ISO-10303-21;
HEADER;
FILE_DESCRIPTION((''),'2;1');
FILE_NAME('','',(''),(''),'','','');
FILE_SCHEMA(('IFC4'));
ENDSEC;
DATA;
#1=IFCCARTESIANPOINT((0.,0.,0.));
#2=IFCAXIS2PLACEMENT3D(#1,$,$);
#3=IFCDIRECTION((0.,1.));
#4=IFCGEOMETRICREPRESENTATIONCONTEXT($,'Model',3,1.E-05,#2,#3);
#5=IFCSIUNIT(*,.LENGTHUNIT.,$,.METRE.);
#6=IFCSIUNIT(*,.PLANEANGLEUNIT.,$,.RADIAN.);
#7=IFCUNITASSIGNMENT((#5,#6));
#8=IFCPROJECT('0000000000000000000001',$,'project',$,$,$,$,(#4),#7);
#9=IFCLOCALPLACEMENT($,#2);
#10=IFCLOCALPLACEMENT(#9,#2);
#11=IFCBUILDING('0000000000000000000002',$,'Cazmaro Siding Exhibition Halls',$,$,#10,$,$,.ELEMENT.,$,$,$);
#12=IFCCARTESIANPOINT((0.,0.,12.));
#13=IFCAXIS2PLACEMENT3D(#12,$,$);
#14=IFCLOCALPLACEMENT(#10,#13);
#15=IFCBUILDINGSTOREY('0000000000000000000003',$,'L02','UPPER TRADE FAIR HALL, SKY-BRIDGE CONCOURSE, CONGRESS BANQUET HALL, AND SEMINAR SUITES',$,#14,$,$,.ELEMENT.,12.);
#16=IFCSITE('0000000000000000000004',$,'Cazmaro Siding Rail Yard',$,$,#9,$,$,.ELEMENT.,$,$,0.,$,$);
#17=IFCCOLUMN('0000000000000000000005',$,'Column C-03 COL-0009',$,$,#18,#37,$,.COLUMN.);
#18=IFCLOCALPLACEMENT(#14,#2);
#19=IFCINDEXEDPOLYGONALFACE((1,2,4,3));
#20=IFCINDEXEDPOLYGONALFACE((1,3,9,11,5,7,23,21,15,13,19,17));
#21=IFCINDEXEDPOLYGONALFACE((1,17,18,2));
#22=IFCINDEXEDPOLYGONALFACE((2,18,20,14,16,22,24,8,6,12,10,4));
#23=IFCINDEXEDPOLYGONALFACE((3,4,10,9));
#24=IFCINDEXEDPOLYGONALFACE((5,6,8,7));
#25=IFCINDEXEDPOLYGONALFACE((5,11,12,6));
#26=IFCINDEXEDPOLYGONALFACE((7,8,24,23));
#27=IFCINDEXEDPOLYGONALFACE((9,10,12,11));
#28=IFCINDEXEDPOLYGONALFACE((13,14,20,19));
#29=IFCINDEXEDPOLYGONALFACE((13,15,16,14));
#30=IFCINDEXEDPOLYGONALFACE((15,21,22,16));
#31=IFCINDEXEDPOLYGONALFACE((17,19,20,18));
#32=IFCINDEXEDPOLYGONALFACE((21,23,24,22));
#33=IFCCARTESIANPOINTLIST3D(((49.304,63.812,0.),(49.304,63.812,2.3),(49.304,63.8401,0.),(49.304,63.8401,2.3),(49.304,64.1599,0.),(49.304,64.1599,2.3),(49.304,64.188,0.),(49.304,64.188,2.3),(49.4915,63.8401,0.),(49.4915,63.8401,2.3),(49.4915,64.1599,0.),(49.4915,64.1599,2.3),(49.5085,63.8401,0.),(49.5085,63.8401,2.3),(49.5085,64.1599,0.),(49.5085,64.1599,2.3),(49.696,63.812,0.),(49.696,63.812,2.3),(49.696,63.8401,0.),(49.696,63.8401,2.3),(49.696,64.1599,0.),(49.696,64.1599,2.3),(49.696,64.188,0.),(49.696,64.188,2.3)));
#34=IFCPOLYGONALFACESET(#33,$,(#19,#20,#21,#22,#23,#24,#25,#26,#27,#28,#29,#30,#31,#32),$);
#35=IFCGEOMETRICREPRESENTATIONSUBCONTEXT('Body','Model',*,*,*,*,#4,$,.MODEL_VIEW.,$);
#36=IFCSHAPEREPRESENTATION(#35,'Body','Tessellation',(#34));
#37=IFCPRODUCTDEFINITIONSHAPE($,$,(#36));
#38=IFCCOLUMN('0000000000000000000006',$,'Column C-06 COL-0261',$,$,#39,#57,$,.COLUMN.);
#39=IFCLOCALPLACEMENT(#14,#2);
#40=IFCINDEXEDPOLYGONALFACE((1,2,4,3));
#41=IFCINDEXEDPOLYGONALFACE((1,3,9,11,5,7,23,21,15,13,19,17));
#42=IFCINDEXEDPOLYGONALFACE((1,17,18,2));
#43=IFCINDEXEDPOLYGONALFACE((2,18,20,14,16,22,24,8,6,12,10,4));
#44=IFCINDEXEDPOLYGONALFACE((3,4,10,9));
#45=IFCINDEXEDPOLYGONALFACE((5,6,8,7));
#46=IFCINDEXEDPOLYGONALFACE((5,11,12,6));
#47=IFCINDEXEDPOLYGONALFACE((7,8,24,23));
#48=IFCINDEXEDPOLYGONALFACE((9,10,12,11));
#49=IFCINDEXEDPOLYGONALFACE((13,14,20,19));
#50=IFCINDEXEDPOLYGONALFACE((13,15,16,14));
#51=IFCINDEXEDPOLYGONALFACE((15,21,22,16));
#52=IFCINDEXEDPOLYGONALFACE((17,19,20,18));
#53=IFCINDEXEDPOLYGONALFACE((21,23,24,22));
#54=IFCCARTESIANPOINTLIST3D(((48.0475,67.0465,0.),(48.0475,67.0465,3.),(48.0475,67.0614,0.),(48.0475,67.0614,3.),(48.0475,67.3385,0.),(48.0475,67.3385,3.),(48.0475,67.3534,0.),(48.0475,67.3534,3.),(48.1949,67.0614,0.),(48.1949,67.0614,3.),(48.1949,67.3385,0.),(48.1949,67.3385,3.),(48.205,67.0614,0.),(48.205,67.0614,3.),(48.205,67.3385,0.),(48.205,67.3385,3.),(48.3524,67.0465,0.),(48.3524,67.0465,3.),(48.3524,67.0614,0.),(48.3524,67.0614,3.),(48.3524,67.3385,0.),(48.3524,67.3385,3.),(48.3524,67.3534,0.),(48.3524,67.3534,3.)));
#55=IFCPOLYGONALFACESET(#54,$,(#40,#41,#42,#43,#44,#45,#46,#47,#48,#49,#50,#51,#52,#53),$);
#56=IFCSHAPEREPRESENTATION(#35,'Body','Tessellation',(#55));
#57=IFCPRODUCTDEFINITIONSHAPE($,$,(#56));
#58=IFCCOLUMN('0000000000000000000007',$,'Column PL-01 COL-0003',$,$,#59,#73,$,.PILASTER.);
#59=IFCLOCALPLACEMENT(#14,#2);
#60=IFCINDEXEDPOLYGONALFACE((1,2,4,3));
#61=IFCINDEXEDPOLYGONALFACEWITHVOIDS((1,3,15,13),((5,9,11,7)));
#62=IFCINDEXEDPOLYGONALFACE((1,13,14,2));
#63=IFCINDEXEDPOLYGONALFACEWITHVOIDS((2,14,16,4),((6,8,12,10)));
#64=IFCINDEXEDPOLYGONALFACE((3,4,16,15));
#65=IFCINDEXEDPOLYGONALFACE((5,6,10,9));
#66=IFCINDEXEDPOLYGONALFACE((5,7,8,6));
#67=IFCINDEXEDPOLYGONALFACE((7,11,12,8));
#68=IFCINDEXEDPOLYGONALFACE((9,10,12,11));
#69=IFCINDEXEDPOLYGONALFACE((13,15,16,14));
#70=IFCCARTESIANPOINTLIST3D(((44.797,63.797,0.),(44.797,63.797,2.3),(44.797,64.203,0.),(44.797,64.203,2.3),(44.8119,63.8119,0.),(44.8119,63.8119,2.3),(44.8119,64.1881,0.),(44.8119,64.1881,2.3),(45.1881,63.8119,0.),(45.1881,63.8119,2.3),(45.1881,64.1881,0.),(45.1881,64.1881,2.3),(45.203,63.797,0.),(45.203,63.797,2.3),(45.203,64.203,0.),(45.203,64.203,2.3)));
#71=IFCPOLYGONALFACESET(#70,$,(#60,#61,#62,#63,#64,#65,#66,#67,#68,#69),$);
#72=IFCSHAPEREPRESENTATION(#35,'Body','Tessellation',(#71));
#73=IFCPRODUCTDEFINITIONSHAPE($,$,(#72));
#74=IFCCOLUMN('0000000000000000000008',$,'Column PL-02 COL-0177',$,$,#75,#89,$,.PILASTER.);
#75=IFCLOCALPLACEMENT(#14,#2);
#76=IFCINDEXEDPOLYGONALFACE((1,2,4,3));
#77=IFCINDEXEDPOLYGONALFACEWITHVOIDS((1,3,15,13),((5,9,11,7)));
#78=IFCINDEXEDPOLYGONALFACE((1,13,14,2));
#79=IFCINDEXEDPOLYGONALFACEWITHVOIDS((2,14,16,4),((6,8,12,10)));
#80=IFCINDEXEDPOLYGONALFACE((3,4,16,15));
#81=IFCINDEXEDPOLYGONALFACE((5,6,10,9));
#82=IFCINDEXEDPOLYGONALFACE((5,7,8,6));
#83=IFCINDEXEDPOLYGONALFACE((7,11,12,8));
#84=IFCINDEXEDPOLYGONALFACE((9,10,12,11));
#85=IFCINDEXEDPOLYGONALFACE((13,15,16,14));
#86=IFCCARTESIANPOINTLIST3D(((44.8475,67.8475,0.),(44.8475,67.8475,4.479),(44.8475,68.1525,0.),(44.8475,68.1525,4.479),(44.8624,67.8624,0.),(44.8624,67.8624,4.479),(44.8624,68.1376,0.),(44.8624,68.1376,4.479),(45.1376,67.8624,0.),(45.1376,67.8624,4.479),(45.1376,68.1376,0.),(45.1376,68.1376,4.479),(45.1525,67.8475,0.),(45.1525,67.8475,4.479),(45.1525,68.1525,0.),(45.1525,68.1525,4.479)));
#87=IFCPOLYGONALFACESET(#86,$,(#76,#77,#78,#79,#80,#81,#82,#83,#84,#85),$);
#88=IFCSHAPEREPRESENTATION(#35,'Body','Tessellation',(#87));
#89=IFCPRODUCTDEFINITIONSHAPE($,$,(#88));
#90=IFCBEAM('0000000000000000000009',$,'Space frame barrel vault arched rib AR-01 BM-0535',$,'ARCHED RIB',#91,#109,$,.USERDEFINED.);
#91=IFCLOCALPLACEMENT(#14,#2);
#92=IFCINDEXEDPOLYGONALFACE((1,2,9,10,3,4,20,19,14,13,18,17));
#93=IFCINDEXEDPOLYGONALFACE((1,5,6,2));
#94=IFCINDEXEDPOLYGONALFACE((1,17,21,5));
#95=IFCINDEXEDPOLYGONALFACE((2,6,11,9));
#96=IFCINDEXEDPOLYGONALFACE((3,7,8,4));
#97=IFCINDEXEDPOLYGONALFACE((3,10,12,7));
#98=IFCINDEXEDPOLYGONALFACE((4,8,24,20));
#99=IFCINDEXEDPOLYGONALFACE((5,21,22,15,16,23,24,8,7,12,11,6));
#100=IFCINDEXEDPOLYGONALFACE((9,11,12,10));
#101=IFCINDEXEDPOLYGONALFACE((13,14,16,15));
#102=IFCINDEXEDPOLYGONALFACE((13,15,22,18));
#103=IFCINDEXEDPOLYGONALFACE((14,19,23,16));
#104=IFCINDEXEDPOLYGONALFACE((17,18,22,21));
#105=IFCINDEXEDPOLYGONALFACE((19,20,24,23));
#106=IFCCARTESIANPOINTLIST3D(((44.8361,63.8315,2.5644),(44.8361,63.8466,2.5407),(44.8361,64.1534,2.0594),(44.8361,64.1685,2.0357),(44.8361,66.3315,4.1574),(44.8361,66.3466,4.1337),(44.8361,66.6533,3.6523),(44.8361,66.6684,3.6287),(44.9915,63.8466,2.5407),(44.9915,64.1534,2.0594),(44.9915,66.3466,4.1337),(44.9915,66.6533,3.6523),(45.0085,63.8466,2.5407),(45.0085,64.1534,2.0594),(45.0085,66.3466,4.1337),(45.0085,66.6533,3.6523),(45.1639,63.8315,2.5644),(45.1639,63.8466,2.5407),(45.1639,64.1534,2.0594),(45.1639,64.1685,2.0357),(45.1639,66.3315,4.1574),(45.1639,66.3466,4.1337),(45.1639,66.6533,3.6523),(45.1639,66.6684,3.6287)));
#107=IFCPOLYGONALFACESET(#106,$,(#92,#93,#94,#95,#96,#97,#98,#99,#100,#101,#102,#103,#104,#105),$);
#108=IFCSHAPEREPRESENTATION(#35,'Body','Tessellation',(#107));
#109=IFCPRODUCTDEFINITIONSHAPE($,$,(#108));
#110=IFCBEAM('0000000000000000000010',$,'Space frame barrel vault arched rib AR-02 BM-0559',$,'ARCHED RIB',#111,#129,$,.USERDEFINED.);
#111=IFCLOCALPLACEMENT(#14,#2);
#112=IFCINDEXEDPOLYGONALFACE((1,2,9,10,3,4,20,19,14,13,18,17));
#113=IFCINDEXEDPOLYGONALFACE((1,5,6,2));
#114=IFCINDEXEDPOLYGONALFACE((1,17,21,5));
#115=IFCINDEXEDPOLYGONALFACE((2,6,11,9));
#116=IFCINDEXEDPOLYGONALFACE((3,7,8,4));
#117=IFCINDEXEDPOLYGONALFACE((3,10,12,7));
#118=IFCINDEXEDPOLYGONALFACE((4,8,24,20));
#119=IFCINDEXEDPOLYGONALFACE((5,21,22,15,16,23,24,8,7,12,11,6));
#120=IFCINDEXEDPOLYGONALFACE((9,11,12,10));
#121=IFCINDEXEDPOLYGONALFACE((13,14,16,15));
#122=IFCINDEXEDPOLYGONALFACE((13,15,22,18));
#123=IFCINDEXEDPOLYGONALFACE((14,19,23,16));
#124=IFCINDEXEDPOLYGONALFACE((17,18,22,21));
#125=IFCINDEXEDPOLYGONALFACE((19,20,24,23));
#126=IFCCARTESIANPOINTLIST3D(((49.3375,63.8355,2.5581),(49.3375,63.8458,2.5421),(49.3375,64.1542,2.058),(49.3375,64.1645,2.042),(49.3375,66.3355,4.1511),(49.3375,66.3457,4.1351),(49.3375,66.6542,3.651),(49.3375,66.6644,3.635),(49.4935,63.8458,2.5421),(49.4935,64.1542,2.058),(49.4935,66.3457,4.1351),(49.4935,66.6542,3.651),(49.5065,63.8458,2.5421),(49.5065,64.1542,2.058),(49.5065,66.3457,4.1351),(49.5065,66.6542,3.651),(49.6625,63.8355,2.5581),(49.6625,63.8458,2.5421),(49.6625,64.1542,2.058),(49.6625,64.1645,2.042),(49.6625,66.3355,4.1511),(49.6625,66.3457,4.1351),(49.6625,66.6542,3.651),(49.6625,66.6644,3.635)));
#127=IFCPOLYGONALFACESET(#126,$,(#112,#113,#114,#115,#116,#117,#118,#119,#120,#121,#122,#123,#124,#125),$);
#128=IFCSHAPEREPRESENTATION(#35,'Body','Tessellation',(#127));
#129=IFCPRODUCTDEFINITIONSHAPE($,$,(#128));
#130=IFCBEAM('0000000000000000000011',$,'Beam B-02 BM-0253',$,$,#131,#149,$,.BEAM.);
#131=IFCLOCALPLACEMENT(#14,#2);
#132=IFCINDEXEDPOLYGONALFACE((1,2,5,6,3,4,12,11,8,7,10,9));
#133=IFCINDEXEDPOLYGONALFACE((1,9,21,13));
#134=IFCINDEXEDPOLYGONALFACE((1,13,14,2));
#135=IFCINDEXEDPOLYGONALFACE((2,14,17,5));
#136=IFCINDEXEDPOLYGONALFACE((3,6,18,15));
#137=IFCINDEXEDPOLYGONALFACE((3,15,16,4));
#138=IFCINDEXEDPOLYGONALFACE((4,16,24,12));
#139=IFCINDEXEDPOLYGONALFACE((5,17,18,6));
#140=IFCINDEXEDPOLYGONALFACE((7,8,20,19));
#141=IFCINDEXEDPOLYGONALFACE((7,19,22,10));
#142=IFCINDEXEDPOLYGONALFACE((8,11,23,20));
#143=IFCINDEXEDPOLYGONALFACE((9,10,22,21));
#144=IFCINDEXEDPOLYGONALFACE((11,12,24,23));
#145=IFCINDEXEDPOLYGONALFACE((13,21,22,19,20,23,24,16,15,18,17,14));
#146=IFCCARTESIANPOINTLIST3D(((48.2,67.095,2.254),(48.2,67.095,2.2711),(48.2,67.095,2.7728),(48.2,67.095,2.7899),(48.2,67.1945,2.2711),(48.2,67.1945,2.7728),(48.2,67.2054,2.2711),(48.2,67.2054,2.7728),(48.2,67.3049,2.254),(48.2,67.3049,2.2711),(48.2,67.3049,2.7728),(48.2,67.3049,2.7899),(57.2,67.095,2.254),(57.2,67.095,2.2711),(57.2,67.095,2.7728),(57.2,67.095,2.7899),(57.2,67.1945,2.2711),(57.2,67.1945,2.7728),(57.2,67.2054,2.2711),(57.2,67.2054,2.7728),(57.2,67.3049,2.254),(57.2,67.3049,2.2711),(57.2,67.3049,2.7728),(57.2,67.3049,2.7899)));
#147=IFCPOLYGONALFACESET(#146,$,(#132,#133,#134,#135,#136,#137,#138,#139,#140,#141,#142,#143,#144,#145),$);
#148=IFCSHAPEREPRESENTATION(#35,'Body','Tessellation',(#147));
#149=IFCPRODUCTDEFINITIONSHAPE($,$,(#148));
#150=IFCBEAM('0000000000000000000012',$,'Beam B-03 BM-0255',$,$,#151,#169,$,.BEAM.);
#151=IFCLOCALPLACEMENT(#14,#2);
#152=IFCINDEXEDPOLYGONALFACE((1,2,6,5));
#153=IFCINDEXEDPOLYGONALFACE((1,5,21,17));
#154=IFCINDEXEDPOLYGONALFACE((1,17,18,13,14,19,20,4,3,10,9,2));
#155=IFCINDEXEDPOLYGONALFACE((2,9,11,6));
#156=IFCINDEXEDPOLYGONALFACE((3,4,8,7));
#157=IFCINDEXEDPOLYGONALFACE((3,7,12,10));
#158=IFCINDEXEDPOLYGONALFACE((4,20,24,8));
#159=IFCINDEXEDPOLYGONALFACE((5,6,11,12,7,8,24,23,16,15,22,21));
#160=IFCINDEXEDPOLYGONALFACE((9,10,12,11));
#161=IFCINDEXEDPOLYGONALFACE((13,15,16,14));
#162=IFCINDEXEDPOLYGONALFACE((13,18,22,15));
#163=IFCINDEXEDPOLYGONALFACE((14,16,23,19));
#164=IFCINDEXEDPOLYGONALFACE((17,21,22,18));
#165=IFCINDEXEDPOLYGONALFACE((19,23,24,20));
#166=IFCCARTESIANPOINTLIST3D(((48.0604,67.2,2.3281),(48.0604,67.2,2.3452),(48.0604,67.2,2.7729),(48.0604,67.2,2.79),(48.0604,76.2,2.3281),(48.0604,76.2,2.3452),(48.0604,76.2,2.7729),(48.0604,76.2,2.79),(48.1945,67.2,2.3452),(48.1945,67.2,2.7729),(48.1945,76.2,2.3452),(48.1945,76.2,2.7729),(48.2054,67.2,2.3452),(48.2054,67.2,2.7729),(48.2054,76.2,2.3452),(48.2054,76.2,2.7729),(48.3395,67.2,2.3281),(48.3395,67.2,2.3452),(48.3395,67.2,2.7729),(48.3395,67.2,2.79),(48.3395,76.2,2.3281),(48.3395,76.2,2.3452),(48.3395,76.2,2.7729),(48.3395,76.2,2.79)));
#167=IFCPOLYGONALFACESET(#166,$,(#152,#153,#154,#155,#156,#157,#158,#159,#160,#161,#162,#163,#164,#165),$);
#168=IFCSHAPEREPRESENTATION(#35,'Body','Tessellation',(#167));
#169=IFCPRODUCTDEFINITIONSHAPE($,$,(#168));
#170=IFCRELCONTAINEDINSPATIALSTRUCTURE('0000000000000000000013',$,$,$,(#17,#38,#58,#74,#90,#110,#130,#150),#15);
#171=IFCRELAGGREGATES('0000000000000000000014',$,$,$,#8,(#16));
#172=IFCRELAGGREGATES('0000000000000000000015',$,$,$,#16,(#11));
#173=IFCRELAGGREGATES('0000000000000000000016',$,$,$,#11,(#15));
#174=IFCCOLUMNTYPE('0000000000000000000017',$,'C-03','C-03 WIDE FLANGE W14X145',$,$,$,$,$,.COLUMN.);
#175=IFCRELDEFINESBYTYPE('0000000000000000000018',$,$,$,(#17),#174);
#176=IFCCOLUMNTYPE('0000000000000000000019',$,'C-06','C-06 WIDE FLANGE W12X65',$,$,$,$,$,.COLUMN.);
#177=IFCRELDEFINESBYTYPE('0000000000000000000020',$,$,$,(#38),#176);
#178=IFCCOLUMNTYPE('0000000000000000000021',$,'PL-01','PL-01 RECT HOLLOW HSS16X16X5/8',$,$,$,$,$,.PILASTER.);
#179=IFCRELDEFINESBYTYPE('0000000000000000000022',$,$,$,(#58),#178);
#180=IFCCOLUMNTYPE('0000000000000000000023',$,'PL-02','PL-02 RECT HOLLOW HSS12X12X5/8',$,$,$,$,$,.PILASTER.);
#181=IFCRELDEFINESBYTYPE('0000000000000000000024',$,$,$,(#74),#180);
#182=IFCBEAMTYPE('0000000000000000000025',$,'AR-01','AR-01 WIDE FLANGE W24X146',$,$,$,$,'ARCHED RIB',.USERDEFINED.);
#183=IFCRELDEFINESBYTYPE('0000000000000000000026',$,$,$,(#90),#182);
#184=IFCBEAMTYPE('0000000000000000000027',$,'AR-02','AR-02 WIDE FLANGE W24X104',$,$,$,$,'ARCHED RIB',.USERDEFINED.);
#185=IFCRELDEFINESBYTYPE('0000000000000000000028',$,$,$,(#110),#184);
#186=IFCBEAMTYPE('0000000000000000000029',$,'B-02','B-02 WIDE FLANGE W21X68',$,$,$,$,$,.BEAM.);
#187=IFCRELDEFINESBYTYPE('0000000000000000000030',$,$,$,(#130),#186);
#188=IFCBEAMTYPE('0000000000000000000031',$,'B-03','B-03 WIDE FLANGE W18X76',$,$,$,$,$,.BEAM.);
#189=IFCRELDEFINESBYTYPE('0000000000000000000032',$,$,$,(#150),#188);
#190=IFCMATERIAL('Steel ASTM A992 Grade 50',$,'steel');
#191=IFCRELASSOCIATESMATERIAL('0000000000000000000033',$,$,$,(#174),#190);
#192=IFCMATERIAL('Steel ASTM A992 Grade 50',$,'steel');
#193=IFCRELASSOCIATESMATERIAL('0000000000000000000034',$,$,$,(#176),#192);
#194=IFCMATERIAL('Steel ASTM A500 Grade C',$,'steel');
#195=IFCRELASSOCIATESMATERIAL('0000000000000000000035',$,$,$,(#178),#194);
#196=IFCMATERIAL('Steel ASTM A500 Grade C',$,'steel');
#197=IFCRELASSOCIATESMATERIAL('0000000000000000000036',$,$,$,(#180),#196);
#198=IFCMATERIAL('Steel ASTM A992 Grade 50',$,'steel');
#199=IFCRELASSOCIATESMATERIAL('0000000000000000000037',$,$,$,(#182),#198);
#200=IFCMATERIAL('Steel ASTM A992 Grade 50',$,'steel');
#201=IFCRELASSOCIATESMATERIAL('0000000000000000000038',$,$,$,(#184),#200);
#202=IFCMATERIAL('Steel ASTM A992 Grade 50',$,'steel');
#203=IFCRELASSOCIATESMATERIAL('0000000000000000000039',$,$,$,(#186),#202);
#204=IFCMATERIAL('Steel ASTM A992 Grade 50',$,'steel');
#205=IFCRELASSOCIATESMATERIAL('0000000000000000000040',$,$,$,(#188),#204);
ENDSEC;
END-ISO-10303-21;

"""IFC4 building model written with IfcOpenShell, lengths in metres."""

from ifc_helpers import new_model, si_unit, direction, frame, origin, origin_2d, place, context, subcontext, project, spatial, hollow_rectangle, i_section, extrude, material, material_profile, profile_set, type_object, element, save


model = new_model("IFC4")

# Units and contexts
model_context = context("Model", 3, precision=1e-05, world=origin(), true_north=direction((0.0, 1.0)))
body_context = subcontext(model_context, "Body", "Model", "MODEL_VIEW")
ifc_project = project(units=[si_unit("LENGTHUNIT", "METRE"), si_unit("PLANEANGLEUNIT", "RADIAN")], contexts=[model_context])

# Site, building, storey
site_placement = place(None, origin())
site = spatial("IfcSite", under=ifc_project, at=site_placement, Name="Cazmaro Siding Rail Yard", CompositionType="ELEMENT", RefElevation=0.0)
building_placement = place(site_placement, origin())
building = spatial("IfcBuilding", under=site, at=building_placement, Name="Cazmaro Siding Exhibition Halls", CompositionType="ELEMENT")
storey_placement = place(building_placement, frame((0.0, 0.0, 12.0)))
storey = spatial("IfcBuildingStorey", under=building, at=storey_placement, Name="L02", Description="UPPER TRADE FAIR HALL, SKY-BRIDGE CONCOURSE, CONGRESS BANQUET HALL, AND SEMINAR SUITES", CompositionType="ELEMENT", Elevation=12.0)

# Columns
ifc_material_1 = material(Name="Steel ASTM A992 Grade 50", Category="steel")
ifc_material_profile_1 = material_profile(ifc_material_1, i_section(OverallWidth=0.3921, OverallDepth=0.376, WebThickness=0.0171, FlangeThickness=0.0281, at=origin_2d()), Name="W14X145")
ifc_profile_set_1 = profile_set([ifc_material_profile_1], Name="Steel ASTM A992 Grade 50")
column_type_1 = type_object("IfcColumnType", Name="C-03", Description="C-03 WIDE FLANGE W14X145", PredefinedType="COLUMN", material=ifc_profile_set_1)
column_1_placement = place(storey_placement, frame((49.5, 64.0, 0.0), z_axis=(0.0, 0.0, 1.0), x_axis=(1.0, 0.0, 0.0)))
element("IfcColumn", 1, at=column_1_placement, inside=storey, type_object=column_type_1, Name="Column C-03 COL-0009", PredefinedType="COLUMN", context=body_context, shape_type="SweptSolid", body=[
    extrude(i_section(OverallWidth=0.3921, OverallDepth=0.376, WebThickness=0.0171, FlangeThickness=0.0281, at=origin_2d()), origin(), (0.0, 0.0, 1.0), 2.3),
])
ifc_material_2 = material(Name="Steel ASTM A992 Grade 50", Category="steel")
ifc_material_profile_2 = material_profile(ifc_material_2, i_section(OverallWidth=0.3049, OverallDepth=0.3069, WebThickness=0.01, FlangeThickness=0.0149, at=origin_2d()), Name="W12X65")
ifc_profile_set_2 = profile_set([ifc_material_profile_2], Name="Steel ASTM A992 Grade 50")
column_type_2 = type_object("IfcColumnType", Name="C-06", Description="C-06 WIDE FLANGE W12X65", PredefinedType="COLUMN", material=ifc_profile_set_2)
column_2_placement = place(storey_placement, frame((48.2, 67.2, 0.0), z_axis=(0.0, 0.0, 1.0), x_axis=(1.0, 0.0, 0.0)))
element("IfcColumn", 2, at=column_2_placement, inside=storey, type_object=column_type_2, Name="Column C-06 COL-0261", PredefinedType="COLUMN", context=body_context, shape_type="SweptSolid", body=[
    extrude(i_section(OverallWidth=0.3049, OverallDepth=0.3069, WebThickness=0.01, FlangeThickness=0.0149, at=origin_2d()), origin(), (0.0, 0.0, 1.0), 3.0),
])
ifc_material_3 = material(Name="Steel ASTM A500 Grade C", Category="steel")
ifc_material_profile_3 = material_profile(ifc_material_3, hollow_rectangle(XDim=0.406, YDim=0.406, WallThickness=0.0149, at=origin_2d()), Name="HSS16X16X5/8")
ifc_profile_set_3 = profile_set([ifc_material_profile_3], Name="Steel ASTM A500 Grade C")
column_type_3 = type_object("IfcColumnType", Name="PL-01", Description="PL-01 RECT HOLLOW HSS16X16X5/8", PredefinedType="PILASTER", material=ifc_profile_set_3)
column_3_placement = place(storey_placement, frame((45.0, 64.0, 0.0), z_axis=(0.0, 0.0, 1.0), x_axis=(1.0, 0.0, 0.0)))
element("IfcColumn", 3, at=column_3_placement, inside=storey, type_object=column_type_3, Name="Column PL-01 COL-0003", PredefinedType="PILASTER", context=body_context, shape_type="SweptSolid", body=[
    extrude(hollow_rectangle(XDim=0.406, YDim=0.406, WallThickness=0.0149, at=origin_2d()), origin(), (0.0, 0.0, 1.0), 2.3),
])
ifc_material_4 = material(Name="Steel ASTM A500 Grade C", Category="steel")
ifc_material_profile_4 = material_profile(ifc_material_4, hollow_rectangle(XDim=0.3049, YDim=0.3049, WallThickness=0.0149, at=origin_2d()), Name="HSS12X12X5/8")
ifc_profile_set_4 = profile_set([ifc_material_profile_4], Name="Steel ASTM A500 Grade C")
column_type_4 = type_object("IfcColumnType", Name="PL-02", Description="PL-02 RECT HOLLOW HSS12X12X5/8", PredefinedType="PILASTER", material=ifc_profile_set_4)
column_4_placement = place(storey_placement, frame((45.0, 68.0, 0.0), z_axis=(0.0, 0.0, 1.0), x_axis=(1.0, 0.0, 0.0)))
element("IfcColumn", 4, at=column_4_placement, inside=storey, type_object=column_type_4, Name="Column PL-02 COL-0177", PredefinedType="PILASTER", context=body_context, shape_type="SweptSolid", body=[
    extrude(hollow_rectangle(XDim=0.3049, YDim=0.3049, WallThickness=0.0149, at=origin_2d()), origin(), (0.0, 0.0, 1.0), 4.479),
])

# Beams
ifc_material_5 = material(Name="Steel ASTM A992 Grade 50", Category="steel")
ifc_material_profile_5 = material_profile(ifc_material_5, i_section(OverallWidth=0.3279, OverallDepth=0.627, WebThickness=0.0171, FlangeThickness=0.0281, at=origin_2d()), Name="W24X146")
ifc_profile_set_5 = profile_set([ifc_material_profile_5], Name="Steel ASTM A992 Grade 50")
beam_type_1 = type_object("IfcBeamType", Name="AR-01", Description="AR-01 WIDE FLANGE W24X146", ElementType="ARCHED RIB", PredefinedType="USERDEFINED", material=ifc_profile_set_5)
beam_1_placement = place(storey_placement, frame((45.0, 64.0, 2.3), z_axis=(0.0, 0.843339, 0.537382), x_axis=(-1.0, 0.0, 0.0)))
element("IfcBeam", 5, at=beam_1_placement, inside=storey, type_object=beam_type_1, Name="Space frame barrel vault arched rib AR-01 BM-0535", ObjectType="ARCHED RIB", PredefinedType="USERDEFINED", context=body_context, shape_type="SweptSolid", body=[
    extrude(i_section(OverallWidth=0.3279, OverallDepth=0.627, WebThickness=0.0171, FlangeThickness=0.0281, at=origin_2d()), origin(), (0.0, 0.0, 1.0), 2.9644),
])
ifc_material_6 = material(Name="Steel ASTM A992 Grade 50", Category="steel")
ifc_material_profile_6 = material_profile(ifc_material_6, i_section(OverallWidth=0.325, OverallDepth=0.6121, WebThickness=0.0129, FlangeThickness=0.019, at=origin_2d()), Name="W24X104")
ifc_profile_set_6 = profile_set([ifc_material_profile_6], Name="Steel ASTM A992 Grade 50")
beam_type_2 = type_object("IfcBeamType", Name="AR-02", Description="AR-02 WIDE FLANGE W24X104", ElementType="ARCHED RIB", PredefinedType="USERDEFINED", material=ifc_profile_set_6)
beam_2_placement = place(storey_placement, frame((49.5, 64.0, 2.3), z_axis=(0.0, 0.843339, 0.537382), x_axis=(-1.0, 0.0, 0.0)))
element("IfcBeam", 6, at=beam_2_placement, inside=storey, type_object=beam_type_2, Name="Space frame barrel vault arched rib AR-02 BM-0559", ObjectType="ARCHED RIB", PredefinedType="USERDEFINED", context=body_context, shape_type="SweptSolid", body=[
    extrude(i_section(OverallWidth=0.325, OverallDepth=0.6121, WebThickness=0.0129, FlangeThickness=0.019, at=origin_2d()), origin(), (0.0, 0.0, 1.0), 2.9644),
])
ifc_material_7 = material(Name="Steel ASTM A992 Grade 50", Category="steel")
ifc_material_profile_7 = material_profile(ifc_material_7, i_section(OverallWidth=0.21, OverallDepth=0.5359, WebThickness=0.011, FlangeThickness=0.0171, at=origin_2d()), Name="W21X68")
ifc_profile_set_7 = profile_set([ifc_material_profile_7], Name="Steel ASTM A992 Grade 50")
beam_type_3 = type_object("IfcBeamType", Name="B-02", Description="B-02 WIDE FLANGE W21X68", PredefinedType="BEAM", material=ifc_profile_set_7)
beam_3_placement = place(storey_placement, frame((48.2, 67.2, 2.522), z_axis=(1.0, 0.0, 0.0), x_axis=(0.0, 1.0, 0.0)))
element("IfcBeam", 7, at=beam_3_placement, inside=storey, type_object=beam_type_3, Name="Beam B-02 BM-0253", PredefinedType="BEAM", context=body_context, shape_type="SweptSolid", body=[
    extrude(i_section(OverallWidth=0.21, OverallDepth=0.5359, WebThickness=0.011, FlangeThickness=0.0171, at=origin_2d()), origin(), (0.0, 0.0, 1.0), 9.0),
])
ifc_material_8 = material(Name="Steel ASTM A992 Grade 50", Category="steel")
ifc_material_profile_8 = material_profile(ifc_material_8, i_section(OverallWidth=0.2791, OverallDepth=0.4619, WebThickness=0.011, FlangeThickness=0.0171, at=origin_2d()), Name="W18X76")
ifc_profile_set_8 = profile_set([ifc_material_profile_8], Name="Steel ASTM A992 Grade 50")
beam_type_4 = type_object("IfcBeamType", Name="B-03", Description="B-03 WIDE FLANGE W18X76", PredefinedType="BEAM", material=ifc_profile_set_8)
beam_4_placement = place(storey_placement, frame((48.2, 67.2, 2.5591), z_axis=(0.0, 1.0, 0.0), x_axis=(-1.0, 0.0, 0.0)))
element("IfcBeam", 8, at=beam_4_placement, inside=storey, type_object=beam_type_4, Name="Beam B-03 BM-0255", PredefinedType="BEAM", context=body_context, shape_type="SweptSolid", body=[
    extrude(i_section(OverallWidth=0.2791, OverallDepth=0.4619, WebThickness=0.011, FlangeThickness=0.0171, at=origin_2d()), origin(), (0.0, 0.0, 1.0), 9.0),
])

save(model, "model.ifc")
